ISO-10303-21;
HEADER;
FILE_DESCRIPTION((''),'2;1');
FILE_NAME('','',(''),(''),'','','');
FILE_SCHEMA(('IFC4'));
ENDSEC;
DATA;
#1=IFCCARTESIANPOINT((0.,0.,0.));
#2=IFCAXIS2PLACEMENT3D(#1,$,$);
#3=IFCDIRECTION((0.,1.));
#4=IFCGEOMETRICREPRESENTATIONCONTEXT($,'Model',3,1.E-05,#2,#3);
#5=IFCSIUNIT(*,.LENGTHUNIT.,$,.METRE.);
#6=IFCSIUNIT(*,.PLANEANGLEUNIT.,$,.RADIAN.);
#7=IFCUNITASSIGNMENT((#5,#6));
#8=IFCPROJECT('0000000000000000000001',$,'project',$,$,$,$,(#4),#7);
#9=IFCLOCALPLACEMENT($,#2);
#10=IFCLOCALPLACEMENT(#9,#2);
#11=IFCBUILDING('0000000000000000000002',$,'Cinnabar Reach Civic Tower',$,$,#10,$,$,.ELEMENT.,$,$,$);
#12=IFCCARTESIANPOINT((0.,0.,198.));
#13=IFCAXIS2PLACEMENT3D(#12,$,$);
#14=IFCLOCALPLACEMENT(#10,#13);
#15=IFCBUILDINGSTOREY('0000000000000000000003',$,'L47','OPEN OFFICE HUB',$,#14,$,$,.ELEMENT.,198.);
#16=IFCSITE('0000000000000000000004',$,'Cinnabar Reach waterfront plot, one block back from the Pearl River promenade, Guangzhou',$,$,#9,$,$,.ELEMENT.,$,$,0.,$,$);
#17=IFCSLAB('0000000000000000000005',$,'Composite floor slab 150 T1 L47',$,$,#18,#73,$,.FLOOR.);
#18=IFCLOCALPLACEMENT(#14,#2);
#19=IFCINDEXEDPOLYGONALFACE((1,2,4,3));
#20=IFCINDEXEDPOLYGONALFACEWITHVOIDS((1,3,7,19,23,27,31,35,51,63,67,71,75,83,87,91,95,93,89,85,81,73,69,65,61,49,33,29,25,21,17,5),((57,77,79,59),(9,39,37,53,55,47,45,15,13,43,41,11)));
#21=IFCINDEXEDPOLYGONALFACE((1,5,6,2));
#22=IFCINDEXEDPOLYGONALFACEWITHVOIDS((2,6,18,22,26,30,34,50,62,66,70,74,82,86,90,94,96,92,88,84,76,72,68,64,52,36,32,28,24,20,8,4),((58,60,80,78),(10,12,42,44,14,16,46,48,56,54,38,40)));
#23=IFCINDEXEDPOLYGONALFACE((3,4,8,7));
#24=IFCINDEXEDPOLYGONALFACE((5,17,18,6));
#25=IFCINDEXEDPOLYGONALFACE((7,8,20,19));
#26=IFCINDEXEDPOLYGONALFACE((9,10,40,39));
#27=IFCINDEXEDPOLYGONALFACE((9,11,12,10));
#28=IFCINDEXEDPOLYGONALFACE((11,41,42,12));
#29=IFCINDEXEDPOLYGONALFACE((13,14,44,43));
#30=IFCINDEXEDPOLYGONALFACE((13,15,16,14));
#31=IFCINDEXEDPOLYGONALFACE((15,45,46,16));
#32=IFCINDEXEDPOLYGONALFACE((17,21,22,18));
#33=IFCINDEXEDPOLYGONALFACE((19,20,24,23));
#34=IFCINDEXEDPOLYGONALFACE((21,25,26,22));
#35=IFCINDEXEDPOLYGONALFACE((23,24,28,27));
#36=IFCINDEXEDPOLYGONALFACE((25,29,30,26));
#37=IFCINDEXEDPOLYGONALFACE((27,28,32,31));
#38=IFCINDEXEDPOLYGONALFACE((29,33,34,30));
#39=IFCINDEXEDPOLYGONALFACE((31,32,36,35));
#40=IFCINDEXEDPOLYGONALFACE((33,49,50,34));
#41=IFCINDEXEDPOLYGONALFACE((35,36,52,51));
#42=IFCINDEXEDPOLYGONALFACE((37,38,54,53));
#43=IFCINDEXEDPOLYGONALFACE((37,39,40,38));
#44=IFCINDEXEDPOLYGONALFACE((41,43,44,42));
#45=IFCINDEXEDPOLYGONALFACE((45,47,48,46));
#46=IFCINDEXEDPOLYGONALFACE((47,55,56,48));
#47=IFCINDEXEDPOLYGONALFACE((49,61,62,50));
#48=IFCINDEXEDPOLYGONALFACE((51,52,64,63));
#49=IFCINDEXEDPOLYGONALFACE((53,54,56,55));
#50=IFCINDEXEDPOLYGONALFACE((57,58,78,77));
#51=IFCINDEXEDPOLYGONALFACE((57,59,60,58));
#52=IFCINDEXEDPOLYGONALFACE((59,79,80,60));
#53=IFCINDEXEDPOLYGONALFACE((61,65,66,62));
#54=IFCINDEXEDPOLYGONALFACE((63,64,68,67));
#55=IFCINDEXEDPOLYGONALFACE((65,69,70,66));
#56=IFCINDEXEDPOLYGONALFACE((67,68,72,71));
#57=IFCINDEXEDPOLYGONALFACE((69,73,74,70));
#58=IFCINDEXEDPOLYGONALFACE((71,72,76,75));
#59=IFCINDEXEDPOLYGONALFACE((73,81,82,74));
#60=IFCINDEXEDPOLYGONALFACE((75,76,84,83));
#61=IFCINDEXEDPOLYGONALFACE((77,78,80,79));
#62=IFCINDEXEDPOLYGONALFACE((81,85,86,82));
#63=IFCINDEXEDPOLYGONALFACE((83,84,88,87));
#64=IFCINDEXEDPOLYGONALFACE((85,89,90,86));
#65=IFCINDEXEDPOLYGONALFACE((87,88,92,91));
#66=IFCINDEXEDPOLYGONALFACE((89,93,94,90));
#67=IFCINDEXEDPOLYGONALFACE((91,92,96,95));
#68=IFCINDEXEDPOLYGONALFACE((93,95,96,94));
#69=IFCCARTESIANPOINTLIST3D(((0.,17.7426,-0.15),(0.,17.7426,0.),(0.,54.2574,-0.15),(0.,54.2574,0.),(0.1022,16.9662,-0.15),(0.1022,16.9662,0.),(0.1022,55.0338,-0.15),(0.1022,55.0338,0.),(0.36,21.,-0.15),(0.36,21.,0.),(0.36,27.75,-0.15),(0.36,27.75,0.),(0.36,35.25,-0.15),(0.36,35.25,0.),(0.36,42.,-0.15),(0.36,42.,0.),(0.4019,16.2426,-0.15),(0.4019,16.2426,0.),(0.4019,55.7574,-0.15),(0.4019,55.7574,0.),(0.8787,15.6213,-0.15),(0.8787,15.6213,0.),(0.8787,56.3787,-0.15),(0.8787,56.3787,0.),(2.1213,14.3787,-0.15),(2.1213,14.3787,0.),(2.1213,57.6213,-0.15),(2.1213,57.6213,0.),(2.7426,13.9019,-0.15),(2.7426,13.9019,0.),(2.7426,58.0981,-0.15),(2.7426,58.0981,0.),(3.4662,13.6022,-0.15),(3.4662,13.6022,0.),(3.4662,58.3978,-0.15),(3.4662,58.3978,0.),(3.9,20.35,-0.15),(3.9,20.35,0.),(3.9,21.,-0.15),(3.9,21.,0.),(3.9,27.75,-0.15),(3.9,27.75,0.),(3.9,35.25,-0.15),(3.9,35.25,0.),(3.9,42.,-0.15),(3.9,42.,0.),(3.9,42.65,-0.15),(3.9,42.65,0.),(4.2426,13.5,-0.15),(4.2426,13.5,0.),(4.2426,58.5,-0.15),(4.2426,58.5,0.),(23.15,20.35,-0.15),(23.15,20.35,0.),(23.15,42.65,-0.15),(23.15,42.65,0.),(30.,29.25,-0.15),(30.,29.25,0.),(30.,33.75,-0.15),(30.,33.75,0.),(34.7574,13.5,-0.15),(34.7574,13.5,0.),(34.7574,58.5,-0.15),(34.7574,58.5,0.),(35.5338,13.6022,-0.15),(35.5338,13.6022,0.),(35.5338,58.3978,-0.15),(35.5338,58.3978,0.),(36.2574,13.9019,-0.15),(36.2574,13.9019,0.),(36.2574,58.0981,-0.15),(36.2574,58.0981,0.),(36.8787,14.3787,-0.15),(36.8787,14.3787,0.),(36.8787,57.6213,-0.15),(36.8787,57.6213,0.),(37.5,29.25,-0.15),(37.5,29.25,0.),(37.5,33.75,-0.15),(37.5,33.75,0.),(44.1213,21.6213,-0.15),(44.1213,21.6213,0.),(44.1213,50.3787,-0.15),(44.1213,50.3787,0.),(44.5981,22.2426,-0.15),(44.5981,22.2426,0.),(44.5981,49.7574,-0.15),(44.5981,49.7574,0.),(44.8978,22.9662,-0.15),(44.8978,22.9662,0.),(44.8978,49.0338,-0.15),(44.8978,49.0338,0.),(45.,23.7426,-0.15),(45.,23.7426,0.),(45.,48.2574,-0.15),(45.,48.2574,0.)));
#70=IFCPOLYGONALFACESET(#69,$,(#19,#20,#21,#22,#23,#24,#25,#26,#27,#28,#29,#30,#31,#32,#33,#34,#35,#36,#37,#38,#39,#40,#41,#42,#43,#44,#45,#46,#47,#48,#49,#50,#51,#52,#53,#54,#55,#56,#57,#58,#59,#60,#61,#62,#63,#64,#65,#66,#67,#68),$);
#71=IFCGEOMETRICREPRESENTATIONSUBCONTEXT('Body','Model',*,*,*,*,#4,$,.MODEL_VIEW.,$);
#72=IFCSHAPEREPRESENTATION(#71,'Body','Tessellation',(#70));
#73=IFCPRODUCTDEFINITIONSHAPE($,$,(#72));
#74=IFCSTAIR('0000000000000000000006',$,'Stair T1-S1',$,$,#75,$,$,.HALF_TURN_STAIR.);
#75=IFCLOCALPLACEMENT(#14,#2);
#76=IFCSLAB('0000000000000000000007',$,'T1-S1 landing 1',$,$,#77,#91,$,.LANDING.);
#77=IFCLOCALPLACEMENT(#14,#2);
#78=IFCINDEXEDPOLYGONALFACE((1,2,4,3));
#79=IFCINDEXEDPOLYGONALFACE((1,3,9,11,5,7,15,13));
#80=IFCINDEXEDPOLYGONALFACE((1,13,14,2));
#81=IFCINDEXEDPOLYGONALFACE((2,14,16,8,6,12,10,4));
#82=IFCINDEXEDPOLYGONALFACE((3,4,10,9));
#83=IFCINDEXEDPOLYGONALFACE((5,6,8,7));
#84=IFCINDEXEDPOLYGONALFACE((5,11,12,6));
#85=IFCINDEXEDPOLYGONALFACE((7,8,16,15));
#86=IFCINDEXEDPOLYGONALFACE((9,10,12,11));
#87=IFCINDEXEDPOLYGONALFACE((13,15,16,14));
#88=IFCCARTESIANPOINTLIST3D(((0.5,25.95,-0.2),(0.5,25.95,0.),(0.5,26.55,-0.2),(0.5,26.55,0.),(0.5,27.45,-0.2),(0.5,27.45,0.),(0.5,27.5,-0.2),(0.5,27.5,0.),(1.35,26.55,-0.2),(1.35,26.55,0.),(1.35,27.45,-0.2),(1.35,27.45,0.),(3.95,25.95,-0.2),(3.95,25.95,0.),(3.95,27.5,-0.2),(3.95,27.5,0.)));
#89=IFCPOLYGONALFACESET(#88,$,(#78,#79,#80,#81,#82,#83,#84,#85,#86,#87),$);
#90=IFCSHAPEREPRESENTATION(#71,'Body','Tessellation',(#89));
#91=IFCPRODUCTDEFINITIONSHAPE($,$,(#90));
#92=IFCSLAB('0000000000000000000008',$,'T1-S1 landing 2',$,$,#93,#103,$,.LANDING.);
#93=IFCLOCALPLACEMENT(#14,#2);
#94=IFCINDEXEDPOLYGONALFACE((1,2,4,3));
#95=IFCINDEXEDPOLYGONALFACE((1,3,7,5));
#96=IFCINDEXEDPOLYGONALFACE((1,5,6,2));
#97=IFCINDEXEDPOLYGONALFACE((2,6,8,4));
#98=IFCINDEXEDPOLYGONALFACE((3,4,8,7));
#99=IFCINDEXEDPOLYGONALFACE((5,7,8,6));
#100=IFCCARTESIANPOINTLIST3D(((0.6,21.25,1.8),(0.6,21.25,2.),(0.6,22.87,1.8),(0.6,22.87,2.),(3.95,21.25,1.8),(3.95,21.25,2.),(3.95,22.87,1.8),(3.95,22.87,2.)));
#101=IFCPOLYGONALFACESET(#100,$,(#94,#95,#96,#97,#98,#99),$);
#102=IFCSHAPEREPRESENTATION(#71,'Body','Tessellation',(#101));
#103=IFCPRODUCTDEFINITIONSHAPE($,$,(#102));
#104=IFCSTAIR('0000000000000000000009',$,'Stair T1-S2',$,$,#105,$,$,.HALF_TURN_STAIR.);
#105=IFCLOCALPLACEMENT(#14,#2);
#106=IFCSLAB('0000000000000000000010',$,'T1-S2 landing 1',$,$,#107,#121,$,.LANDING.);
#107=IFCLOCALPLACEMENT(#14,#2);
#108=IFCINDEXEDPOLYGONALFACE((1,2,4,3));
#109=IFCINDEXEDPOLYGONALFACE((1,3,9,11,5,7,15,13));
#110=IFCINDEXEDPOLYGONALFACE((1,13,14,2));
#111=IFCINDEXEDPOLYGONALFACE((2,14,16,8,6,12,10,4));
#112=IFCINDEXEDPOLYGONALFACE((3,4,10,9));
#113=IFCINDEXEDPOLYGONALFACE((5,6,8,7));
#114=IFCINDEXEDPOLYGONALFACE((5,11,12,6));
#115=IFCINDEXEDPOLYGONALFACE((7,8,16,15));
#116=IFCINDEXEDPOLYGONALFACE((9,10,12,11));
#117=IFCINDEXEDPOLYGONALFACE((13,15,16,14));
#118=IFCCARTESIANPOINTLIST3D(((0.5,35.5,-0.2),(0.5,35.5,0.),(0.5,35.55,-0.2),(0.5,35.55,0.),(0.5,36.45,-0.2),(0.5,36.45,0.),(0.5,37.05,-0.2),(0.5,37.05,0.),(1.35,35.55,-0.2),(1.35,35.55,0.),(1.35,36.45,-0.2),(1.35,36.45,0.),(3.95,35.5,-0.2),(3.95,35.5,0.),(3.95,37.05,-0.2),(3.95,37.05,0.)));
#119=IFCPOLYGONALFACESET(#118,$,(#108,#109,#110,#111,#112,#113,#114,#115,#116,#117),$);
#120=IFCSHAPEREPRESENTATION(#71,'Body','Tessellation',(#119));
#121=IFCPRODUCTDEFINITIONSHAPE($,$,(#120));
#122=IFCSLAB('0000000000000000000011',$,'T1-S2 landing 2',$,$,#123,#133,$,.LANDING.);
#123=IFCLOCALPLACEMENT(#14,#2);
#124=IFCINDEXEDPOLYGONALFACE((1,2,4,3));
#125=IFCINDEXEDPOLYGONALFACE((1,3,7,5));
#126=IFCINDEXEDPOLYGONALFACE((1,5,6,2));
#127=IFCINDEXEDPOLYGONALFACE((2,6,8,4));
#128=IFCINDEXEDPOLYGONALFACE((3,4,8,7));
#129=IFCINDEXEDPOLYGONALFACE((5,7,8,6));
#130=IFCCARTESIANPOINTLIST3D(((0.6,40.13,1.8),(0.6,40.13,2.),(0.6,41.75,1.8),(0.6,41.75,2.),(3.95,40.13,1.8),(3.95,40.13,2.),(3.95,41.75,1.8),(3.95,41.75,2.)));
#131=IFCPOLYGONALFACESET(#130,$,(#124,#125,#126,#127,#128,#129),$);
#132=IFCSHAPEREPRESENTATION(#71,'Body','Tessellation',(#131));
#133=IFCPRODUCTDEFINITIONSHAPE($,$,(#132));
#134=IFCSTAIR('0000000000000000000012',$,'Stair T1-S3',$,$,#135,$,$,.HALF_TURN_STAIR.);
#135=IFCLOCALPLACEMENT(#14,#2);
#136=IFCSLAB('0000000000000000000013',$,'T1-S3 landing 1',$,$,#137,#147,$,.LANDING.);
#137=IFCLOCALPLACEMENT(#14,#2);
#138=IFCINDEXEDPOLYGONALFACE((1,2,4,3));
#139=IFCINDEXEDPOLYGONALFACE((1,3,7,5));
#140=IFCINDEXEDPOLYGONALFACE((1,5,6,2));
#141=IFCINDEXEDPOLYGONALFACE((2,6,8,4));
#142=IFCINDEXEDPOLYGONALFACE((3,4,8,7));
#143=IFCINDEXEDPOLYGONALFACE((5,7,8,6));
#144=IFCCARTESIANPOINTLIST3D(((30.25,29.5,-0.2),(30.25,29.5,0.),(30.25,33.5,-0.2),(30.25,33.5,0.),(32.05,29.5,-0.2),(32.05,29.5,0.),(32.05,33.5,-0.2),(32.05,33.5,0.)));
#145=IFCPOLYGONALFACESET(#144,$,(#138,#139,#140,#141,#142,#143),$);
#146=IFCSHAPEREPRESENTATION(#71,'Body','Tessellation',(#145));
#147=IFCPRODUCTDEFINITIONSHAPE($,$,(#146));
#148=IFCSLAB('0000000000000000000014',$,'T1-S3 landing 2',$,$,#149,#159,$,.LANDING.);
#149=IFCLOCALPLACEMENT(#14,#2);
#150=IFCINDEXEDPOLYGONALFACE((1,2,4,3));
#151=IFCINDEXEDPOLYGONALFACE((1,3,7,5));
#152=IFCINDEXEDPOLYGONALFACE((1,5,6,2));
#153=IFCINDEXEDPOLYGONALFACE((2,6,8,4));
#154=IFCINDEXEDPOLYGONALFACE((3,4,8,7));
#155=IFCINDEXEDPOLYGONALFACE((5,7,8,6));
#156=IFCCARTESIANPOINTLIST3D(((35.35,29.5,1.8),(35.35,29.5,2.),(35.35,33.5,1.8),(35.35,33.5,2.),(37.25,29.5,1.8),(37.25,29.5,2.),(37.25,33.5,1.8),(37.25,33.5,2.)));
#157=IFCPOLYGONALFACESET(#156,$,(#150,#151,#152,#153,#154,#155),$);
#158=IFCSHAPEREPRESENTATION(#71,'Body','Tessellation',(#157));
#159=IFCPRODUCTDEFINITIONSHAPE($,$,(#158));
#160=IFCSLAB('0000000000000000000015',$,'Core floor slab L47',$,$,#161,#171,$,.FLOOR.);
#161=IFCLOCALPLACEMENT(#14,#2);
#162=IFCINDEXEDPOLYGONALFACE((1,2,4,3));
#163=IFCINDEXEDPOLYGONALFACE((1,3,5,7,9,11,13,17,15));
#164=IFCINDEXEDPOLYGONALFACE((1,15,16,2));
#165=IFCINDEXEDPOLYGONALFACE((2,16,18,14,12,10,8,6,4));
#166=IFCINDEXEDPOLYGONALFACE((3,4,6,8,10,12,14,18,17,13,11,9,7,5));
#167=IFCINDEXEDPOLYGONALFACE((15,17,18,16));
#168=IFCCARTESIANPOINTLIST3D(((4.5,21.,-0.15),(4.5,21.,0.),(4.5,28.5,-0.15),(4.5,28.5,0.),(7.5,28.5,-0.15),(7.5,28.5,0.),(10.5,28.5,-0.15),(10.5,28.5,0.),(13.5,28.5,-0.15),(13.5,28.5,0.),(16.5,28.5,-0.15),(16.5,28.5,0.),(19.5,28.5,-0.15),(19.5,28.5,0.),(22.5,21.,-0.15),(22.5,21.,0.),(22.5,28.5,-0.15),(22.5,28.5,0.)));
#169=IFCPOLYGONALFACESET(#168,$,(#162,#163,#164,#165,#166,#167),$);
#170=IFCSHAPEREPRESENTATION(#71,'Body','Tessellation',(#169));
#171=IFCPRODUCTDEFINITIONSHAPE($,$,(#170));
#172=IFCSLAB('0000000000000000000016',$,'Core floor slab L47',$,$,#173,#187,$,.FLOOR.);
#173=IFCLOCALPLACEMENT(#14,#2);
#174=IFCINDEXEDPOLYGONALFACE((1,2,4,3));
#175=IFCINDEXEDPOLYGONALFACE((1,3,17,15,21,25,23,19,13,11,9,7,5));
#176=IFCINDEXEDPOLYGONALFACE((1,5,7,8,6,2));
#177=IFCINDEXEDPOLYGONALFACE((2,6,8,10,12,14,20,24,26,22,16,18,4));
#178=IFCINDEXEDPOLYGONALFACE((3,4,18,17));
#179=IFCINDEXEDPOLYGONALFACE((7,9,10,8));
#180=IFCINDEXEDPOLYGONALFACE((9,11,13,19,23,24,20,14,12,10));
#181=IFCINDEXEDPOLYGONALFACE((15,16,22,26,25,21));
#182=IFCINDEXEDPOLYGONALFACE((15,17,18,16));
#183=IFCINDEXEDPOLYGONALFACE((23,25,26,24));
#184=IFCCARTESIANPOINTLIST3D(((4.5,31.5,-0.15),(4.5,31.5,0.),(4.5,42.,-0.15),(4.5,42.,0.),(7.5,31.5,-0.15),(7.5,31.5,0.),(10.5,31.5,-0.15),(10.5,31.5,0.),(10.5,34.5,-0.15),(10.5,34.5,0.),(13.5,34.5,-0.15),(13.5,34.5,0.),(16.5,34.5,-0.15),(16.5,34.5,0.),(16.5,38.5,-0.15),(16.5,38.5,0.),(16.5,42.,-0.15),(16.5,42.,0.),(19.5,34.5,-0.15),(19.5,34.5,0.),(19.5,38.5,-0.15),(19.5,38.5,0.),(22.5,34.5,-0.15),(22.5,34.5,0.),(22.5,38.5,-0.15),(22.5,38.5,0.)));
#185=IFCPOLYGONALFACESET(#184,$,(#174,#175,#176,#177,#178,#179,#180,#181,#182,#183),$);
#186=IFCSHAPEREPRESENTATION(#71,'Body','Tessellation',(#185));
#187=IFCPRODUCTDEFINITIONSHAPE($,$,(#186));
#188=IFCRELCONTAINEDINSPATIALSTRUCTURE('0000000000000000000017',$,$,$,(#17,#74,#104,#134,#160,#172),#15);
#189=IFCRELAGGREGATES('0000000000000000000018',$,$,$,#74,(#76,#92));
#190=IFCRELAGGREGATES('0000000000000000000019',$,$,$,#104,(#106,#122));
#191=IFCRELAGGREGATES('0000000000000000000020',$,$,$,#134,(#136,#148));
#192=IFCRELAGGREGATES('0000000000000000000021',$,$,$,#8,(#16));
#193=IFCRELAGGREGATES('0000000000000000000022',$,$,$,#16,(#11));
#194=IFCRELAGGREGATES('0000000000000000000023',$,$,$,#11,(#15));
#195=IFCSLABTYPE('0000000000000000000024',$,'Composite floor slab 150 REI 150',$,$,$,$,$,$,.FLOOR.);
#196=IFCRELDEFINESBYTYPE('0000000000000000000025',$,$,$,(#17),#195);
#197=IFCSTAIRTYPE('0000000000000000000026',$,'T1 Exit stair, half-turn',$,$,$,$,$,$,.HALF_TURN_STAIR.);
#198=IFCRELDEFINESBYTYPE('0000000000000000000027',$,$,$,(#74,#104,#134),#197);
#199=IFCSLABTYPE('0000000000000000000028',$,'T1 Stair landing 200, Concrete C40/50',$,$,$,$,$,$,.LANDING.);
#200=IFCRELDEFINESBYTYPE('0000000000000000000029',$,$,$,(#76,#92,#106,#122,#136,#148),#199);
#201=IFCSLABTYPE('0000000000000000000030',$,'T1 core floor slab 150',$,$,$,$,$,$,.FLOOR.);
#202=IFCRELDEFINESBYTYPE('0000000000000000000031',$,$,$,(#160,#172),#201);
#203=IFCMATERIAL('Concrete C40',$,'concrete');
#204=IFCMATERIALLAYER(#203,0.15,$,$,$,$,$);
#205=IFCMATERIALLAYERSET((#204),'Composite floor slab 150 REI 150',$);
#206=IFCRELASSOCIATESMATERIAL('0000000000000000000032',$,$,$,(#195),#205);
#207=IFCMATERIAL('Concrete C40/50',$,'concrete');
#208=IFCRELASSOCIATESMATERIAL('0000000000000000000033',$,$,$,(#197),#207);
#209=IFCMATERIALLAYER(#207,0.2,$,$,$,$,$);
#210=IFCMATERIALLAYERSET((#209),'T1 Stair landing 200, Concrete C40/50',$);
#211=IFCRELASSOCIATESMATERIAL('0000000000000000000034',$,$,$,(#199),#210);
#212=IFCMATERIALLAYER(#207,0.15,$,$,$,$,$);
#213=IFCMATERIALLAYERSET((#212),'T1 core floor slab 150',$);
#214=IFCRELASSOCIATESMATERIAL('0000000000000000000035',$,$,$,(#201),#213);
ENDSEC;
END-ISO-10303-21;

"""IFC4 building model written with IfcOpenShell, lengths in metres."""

from ifc_helpers import new_model, si_unit, direction, frame, origin, place, context, subcontext, project, spatial, polyline, outline, extrude, material, layer, layer_set, type_object, element, aggregate, save


model = new_model("IFC4")

# Units and contexts
model_context = context("Model", 3, precision=1e-05, world=origin(), true_north=direction((0.0, 1.0)))
body_context = subcontext(model_context, "Body", "Model", "MODEL_VIEW")
ifc_project = project(units=[si_unit("LENGTHUNIT", "METRE"), si_unit("PLANEANGLEUNIT", "RADIAN")], contexts=[model_context])

# Site, building, storey
site_placement = place(None, origin())
site = spatial("IfcSite", under=ifc_project, at=site_placement, Name="Cinnabar Reach waterfront plot, one block back from the Pearl River promenade, Guangzhou", CompositionType="ELEMENT", RefElevation=0.0)
building_placement = place(site_placement, origin())
building = spatial("IfcBuilding", under=site, at=building_placement, Name="Cinnabar Reach Civic Tower", CompositionType="ELEMENT")
storey_placement = place(building_placement, frame((0.0, 0.0, 198.0)))
storey = spatial("IfcBuildingStorey", under=building, at=storey_placement, Name="L47", Description="OPEN OFFICE HUB", CompositionType="ELEMENT", Elevation=198.0)

# Slab
ifc_material_1 = material(Name="Concrete C40", Category="concrete")
ifc_layer_1 = layer(ifc_material_1, 0.15)
ifc_layer_set_1 = layer_set([ifc_layer_1], Name="Composite floor slab 150 REI 150")
slab_type_1 = type_object("IfcSlabType", Name="Composite floor slab 150 REI 150", PredefinedType="FLOOR", material=ifc_layer_set_1)
slab_1_placement = place(storey_placement, frame((0.0, 0.0, -0.15)))
element("IfcSlab", 1, at=slab_1_placement, inside=storey, type_object=slab_type_1, Name="Composite floor slab 150 T1 L47", PredefinedType="FLOOR", context=body_context, shape_type="SweptSolid", body=[
    extrude(outline(polyline([(0.8787, 15.6213), (0.4019, 16.2426), (0.1022, 16.9662), (0.0, 17.7426), (0.0, 54.2574), (0.1022, 55.0338), (0.4019, 55.7574), (0.8787, 56.3787), (2.1213, 57.6213), (2.7426, 58.0981), (3.4662, 58.3978), (4.2426, 58.5), (34.7574, 58.5), (35.5338, 58.3978), (36.2574, 58.0981), (36.8787, 57.6213), (44.1213, 50.3787), (44.5981, 49.7574), (44.8978, 49.0338), (45.0, 48.2574), (45.0, 23.7426), (44.8978, 22.9662), (44.5981, 22.2426), (44.1213, 21.6213), (36.8787, 14.3787), (36.2574, 13.9019), (35.5338, 13.6022), (34.7574, 13.5), (4.2426, 13.5), (3.4662, 13.6022), (2.7426, 13.9019), (2.1213, 14.3787), (0.8787, 15.6213)]), holes=[polyline([(0.36, 21.0), (3.9, 21.0), (3.9, 20.35), (23.15, 20.35), (23.15, 42.65), (3.9, 42.65), (3.9, 42.0), (0.36, 42.0), (0.36, 35.25), (3.9, 35.25), (3.9, 27.75), (0.36, 27.75), (0.36, 21.0)]), polyline([(30.0, 33.75), (30.0, 29.25), (37.5, 29.25), (37.5, 33.75), (30.0, 33.75)])]), origin(), (0.0, 0.0, 1.0), 0.15),
])

# Stairs, slabs
ifc_material_2 = material(Name="Concrete C40/50", Category="concrete")
stair_type = type_object("IfcStairType", Name="T1 Exit stair, half-turn", PredefinedType="HALF_TURN_STAIR", material=ifc_material_2)
stair_1_placement = place(storey_placement, origin())
stair_1 = element("IfcStair", 2, at=stair_1_placement, inside=storey, type_object=stair_type, Name="Stair T1-S1", PredefinedType="HALF_TURN_STAIR")
ifc_layer_2 = layer(ifc_material_2, 0.2)
ifc_layer_set_2 = layer_set([ifc_layer_2], Name="T1 Stair landing 200, Concrete C40/50")
slab_type_2 = type_object("IfcSlabType", Name="T1 Stair landing 200, Concrete C40/50", PredefinedType="LANDING", material=ifc_layer_set_2)
slab_2_placement = place(storey_placement, frame((0.0, 0.0, -0.2)))
slab_2 = element("IfcSlab", 3, at=slab_2_placement, type_object=slab_type_2, Name="T1-S1 landing 1", PredefinedType="LANDING", context=body_context, shape_type="SweptSolid", body=[
    extrude(outline(polyline([(0.5, 27.5), (3.95, 27.5), (3.95, 25.95), (0.5, 25.95), (0.5, 26.55), (1.35, 26.55), (1.35, 27.45), (0.5, 27.45), (0.5, 27.5)])), origin(), (0.0, 0.0, 1.0), 0.2),
])
slab_3_placement = place(storey_placement, frame((0.0, 0.0, 1.8)))
slab_3 = element("IfcSlab", 4, at=slab_3_placement, type_object=slab_type_2, Name="T1-S1 landing 2", PredefinedType="LANDING", context=body_context, shape_type="SweptSolid", body=[
    extrude(outline(polyline([(0.6, 21.25), (0.6, 22.87), (3.95, 22.87), (3.95, 21.25), (0.6, 21.25)])), origin(), (0.0, 0.0, 1.0), 0.2),
])
aggregate(stair_1, [slab_2, slab_3])
stair_2_placement = place(storey_placement, origin())
stair_2 = element("IfcStair", 5, at=stair_2_placement, inside=storey, type_object=stair_type, Name="Stair T1-S2", PredefinedType="HALF_TURN_STAIR")
slab_4_placement = place(storey_placement, frame((0.0, 0.0, -0.2)))
slab_4 = element("IfcSlab", 6, at=slab_4_placement, type_object=slab_type_2, Name="T1-S2 landing 1", PredefinedType="LANDING", context=body_context, shape_type="SweptSolid", body=[
    extrude(outline(polyline([(0.5, 37.05), (3.95, 37.05), (3.95, 35.5), (0.5, 35.5), (0.5, 35.55), (1.35, 35.55), (1.35, 36.45), (0.5, 36.45), (0.5, 37.05)])), origin(), (0.0, 0.0, 1.0), 0.2),
])
slab_5_placement = place(storey_placement, frame((0.0, 0.0, 1.8)))
slab_5 = element("IfcSlab", 7, at=slab_5_placement, type_object=slab_type_2, Name="T1-S2 landing 2", PredefinedType="LANDING", context=body_context, shape_type="SweptSolid", body=[
    extrude(outline(polyline([(0.6, 40.13), (0.6, 41.75), (3.95, 41.75), (3.95, 40.13), (0.6, 40.13)])), origin(), (0.0, 0.0, 1.0), 0.2),
])
aggregate(stair_2, [slab_4, slab_5])
stair_3_placement = place(storey_placement, origin())
stair_3 = element("IfcStair", 8, at=stair_3_placement, inside=storey, type_object=stair_type, Name="Stair T1-S3", PredefinedType="HALF_TURN_STAIR")
slab_6_placement = place(storey_placement, frame((0.0, 0.0, -0.2)))
slab_6 = element("IfcSlab", 9, at=slab_6_placement, type_object=slab_type_2, Name="T1-S3 landing 1", PredefinedType="LANDING", context=body_context, shape_type="SweptSolid", body=[
    extrude(outline(polyline([(30.25, 29.5), (32.05, 29.5), (32.05, 33.5), (30.25, 33.5), (30.25, 29.5)])), origin(), (0.0, 0.0, 1.0), 0.2),
])
slab_7_placement = place(storey_placement, frame((0.0, 0.0, 1.8)))
slab_7 = element("IfcSlab", 10, at=slab_7_placement, type_object=slab_type_2, Name="T1-S3 landing 2", PredefinedType="LANDING", context=body_context, shape_type="SweptSolid", body=[
    extrude(outline(polyline([(35.35, 29.5), (37.25, 29.5), (37.25, 33.5), (35.35, 33.5), (35.35, 29.5)])), origin(), (0.0, 0.0, 1.0), 0.2),
])
aggregate(stair_3, [slab_6, slab_7])

# Slabs
ifc_layer_3 = layer(ifc_material_2, 0.15)
ifc_layer_set_3 = layer_set([ifc_layer_3], Name="T1 core floor slab 150")
slab_type_3 = type_object("IfcSlabType", Name="T1 core floor slab 150", PredefinedType="FLOOR", material=ifc_layer_set_3)
slab_8_placement = place(storey_placement, frame((0.0, 0.0, -0.15)))
element("IfcSlab", 11, at=slab_8_placement, inside=storey, type_object=slab_type_3, Name="Core floor slab L47", PredefinedType="FLOOR", context=body_context, shape_type="SweptSolid", body=[
    extrude(outline(polyline([(22.5, 21.0), (4.5, 21.0), (4.5, 28.5), (7.5, 28.5), (10.5, 28.5), (13.5, 28.5), (16.5, 28.5), (19.5, 28.5), (22.5, 28.5), (22.5, 21.0)])), origin(), (0.0, 0.0, 1.0), 0.15),
])
slab_9_placement = place(storey_placement, frame((0.0, 0.0, -0.15)))
element("IfcSlab", 12, at=slab_9_placement, inside=storey, type_object=slab_type_3, Name="Core floor slab L47", PredefinedType="FLOOR", context=body_context, shape_type="SweptSolid", body=[
    extrude(outline(polyline([(22.5, 34.5), (19.5, 34.5), (16.5, 34.5), (13.5, 34.5), (10.5, 34.5), (10.5, 31.5), (7.5, 31.5), (4.5, 31.5), (4.5, 42.0), (16.5, 42.0), (16.5, 38.5), (19.5, 38.5), (22.5, 38.5), (22.5, 34.5)])), origin(), (0.0, 0.0, 1.0), 0.15),
])

save(model, "model.ifc")
